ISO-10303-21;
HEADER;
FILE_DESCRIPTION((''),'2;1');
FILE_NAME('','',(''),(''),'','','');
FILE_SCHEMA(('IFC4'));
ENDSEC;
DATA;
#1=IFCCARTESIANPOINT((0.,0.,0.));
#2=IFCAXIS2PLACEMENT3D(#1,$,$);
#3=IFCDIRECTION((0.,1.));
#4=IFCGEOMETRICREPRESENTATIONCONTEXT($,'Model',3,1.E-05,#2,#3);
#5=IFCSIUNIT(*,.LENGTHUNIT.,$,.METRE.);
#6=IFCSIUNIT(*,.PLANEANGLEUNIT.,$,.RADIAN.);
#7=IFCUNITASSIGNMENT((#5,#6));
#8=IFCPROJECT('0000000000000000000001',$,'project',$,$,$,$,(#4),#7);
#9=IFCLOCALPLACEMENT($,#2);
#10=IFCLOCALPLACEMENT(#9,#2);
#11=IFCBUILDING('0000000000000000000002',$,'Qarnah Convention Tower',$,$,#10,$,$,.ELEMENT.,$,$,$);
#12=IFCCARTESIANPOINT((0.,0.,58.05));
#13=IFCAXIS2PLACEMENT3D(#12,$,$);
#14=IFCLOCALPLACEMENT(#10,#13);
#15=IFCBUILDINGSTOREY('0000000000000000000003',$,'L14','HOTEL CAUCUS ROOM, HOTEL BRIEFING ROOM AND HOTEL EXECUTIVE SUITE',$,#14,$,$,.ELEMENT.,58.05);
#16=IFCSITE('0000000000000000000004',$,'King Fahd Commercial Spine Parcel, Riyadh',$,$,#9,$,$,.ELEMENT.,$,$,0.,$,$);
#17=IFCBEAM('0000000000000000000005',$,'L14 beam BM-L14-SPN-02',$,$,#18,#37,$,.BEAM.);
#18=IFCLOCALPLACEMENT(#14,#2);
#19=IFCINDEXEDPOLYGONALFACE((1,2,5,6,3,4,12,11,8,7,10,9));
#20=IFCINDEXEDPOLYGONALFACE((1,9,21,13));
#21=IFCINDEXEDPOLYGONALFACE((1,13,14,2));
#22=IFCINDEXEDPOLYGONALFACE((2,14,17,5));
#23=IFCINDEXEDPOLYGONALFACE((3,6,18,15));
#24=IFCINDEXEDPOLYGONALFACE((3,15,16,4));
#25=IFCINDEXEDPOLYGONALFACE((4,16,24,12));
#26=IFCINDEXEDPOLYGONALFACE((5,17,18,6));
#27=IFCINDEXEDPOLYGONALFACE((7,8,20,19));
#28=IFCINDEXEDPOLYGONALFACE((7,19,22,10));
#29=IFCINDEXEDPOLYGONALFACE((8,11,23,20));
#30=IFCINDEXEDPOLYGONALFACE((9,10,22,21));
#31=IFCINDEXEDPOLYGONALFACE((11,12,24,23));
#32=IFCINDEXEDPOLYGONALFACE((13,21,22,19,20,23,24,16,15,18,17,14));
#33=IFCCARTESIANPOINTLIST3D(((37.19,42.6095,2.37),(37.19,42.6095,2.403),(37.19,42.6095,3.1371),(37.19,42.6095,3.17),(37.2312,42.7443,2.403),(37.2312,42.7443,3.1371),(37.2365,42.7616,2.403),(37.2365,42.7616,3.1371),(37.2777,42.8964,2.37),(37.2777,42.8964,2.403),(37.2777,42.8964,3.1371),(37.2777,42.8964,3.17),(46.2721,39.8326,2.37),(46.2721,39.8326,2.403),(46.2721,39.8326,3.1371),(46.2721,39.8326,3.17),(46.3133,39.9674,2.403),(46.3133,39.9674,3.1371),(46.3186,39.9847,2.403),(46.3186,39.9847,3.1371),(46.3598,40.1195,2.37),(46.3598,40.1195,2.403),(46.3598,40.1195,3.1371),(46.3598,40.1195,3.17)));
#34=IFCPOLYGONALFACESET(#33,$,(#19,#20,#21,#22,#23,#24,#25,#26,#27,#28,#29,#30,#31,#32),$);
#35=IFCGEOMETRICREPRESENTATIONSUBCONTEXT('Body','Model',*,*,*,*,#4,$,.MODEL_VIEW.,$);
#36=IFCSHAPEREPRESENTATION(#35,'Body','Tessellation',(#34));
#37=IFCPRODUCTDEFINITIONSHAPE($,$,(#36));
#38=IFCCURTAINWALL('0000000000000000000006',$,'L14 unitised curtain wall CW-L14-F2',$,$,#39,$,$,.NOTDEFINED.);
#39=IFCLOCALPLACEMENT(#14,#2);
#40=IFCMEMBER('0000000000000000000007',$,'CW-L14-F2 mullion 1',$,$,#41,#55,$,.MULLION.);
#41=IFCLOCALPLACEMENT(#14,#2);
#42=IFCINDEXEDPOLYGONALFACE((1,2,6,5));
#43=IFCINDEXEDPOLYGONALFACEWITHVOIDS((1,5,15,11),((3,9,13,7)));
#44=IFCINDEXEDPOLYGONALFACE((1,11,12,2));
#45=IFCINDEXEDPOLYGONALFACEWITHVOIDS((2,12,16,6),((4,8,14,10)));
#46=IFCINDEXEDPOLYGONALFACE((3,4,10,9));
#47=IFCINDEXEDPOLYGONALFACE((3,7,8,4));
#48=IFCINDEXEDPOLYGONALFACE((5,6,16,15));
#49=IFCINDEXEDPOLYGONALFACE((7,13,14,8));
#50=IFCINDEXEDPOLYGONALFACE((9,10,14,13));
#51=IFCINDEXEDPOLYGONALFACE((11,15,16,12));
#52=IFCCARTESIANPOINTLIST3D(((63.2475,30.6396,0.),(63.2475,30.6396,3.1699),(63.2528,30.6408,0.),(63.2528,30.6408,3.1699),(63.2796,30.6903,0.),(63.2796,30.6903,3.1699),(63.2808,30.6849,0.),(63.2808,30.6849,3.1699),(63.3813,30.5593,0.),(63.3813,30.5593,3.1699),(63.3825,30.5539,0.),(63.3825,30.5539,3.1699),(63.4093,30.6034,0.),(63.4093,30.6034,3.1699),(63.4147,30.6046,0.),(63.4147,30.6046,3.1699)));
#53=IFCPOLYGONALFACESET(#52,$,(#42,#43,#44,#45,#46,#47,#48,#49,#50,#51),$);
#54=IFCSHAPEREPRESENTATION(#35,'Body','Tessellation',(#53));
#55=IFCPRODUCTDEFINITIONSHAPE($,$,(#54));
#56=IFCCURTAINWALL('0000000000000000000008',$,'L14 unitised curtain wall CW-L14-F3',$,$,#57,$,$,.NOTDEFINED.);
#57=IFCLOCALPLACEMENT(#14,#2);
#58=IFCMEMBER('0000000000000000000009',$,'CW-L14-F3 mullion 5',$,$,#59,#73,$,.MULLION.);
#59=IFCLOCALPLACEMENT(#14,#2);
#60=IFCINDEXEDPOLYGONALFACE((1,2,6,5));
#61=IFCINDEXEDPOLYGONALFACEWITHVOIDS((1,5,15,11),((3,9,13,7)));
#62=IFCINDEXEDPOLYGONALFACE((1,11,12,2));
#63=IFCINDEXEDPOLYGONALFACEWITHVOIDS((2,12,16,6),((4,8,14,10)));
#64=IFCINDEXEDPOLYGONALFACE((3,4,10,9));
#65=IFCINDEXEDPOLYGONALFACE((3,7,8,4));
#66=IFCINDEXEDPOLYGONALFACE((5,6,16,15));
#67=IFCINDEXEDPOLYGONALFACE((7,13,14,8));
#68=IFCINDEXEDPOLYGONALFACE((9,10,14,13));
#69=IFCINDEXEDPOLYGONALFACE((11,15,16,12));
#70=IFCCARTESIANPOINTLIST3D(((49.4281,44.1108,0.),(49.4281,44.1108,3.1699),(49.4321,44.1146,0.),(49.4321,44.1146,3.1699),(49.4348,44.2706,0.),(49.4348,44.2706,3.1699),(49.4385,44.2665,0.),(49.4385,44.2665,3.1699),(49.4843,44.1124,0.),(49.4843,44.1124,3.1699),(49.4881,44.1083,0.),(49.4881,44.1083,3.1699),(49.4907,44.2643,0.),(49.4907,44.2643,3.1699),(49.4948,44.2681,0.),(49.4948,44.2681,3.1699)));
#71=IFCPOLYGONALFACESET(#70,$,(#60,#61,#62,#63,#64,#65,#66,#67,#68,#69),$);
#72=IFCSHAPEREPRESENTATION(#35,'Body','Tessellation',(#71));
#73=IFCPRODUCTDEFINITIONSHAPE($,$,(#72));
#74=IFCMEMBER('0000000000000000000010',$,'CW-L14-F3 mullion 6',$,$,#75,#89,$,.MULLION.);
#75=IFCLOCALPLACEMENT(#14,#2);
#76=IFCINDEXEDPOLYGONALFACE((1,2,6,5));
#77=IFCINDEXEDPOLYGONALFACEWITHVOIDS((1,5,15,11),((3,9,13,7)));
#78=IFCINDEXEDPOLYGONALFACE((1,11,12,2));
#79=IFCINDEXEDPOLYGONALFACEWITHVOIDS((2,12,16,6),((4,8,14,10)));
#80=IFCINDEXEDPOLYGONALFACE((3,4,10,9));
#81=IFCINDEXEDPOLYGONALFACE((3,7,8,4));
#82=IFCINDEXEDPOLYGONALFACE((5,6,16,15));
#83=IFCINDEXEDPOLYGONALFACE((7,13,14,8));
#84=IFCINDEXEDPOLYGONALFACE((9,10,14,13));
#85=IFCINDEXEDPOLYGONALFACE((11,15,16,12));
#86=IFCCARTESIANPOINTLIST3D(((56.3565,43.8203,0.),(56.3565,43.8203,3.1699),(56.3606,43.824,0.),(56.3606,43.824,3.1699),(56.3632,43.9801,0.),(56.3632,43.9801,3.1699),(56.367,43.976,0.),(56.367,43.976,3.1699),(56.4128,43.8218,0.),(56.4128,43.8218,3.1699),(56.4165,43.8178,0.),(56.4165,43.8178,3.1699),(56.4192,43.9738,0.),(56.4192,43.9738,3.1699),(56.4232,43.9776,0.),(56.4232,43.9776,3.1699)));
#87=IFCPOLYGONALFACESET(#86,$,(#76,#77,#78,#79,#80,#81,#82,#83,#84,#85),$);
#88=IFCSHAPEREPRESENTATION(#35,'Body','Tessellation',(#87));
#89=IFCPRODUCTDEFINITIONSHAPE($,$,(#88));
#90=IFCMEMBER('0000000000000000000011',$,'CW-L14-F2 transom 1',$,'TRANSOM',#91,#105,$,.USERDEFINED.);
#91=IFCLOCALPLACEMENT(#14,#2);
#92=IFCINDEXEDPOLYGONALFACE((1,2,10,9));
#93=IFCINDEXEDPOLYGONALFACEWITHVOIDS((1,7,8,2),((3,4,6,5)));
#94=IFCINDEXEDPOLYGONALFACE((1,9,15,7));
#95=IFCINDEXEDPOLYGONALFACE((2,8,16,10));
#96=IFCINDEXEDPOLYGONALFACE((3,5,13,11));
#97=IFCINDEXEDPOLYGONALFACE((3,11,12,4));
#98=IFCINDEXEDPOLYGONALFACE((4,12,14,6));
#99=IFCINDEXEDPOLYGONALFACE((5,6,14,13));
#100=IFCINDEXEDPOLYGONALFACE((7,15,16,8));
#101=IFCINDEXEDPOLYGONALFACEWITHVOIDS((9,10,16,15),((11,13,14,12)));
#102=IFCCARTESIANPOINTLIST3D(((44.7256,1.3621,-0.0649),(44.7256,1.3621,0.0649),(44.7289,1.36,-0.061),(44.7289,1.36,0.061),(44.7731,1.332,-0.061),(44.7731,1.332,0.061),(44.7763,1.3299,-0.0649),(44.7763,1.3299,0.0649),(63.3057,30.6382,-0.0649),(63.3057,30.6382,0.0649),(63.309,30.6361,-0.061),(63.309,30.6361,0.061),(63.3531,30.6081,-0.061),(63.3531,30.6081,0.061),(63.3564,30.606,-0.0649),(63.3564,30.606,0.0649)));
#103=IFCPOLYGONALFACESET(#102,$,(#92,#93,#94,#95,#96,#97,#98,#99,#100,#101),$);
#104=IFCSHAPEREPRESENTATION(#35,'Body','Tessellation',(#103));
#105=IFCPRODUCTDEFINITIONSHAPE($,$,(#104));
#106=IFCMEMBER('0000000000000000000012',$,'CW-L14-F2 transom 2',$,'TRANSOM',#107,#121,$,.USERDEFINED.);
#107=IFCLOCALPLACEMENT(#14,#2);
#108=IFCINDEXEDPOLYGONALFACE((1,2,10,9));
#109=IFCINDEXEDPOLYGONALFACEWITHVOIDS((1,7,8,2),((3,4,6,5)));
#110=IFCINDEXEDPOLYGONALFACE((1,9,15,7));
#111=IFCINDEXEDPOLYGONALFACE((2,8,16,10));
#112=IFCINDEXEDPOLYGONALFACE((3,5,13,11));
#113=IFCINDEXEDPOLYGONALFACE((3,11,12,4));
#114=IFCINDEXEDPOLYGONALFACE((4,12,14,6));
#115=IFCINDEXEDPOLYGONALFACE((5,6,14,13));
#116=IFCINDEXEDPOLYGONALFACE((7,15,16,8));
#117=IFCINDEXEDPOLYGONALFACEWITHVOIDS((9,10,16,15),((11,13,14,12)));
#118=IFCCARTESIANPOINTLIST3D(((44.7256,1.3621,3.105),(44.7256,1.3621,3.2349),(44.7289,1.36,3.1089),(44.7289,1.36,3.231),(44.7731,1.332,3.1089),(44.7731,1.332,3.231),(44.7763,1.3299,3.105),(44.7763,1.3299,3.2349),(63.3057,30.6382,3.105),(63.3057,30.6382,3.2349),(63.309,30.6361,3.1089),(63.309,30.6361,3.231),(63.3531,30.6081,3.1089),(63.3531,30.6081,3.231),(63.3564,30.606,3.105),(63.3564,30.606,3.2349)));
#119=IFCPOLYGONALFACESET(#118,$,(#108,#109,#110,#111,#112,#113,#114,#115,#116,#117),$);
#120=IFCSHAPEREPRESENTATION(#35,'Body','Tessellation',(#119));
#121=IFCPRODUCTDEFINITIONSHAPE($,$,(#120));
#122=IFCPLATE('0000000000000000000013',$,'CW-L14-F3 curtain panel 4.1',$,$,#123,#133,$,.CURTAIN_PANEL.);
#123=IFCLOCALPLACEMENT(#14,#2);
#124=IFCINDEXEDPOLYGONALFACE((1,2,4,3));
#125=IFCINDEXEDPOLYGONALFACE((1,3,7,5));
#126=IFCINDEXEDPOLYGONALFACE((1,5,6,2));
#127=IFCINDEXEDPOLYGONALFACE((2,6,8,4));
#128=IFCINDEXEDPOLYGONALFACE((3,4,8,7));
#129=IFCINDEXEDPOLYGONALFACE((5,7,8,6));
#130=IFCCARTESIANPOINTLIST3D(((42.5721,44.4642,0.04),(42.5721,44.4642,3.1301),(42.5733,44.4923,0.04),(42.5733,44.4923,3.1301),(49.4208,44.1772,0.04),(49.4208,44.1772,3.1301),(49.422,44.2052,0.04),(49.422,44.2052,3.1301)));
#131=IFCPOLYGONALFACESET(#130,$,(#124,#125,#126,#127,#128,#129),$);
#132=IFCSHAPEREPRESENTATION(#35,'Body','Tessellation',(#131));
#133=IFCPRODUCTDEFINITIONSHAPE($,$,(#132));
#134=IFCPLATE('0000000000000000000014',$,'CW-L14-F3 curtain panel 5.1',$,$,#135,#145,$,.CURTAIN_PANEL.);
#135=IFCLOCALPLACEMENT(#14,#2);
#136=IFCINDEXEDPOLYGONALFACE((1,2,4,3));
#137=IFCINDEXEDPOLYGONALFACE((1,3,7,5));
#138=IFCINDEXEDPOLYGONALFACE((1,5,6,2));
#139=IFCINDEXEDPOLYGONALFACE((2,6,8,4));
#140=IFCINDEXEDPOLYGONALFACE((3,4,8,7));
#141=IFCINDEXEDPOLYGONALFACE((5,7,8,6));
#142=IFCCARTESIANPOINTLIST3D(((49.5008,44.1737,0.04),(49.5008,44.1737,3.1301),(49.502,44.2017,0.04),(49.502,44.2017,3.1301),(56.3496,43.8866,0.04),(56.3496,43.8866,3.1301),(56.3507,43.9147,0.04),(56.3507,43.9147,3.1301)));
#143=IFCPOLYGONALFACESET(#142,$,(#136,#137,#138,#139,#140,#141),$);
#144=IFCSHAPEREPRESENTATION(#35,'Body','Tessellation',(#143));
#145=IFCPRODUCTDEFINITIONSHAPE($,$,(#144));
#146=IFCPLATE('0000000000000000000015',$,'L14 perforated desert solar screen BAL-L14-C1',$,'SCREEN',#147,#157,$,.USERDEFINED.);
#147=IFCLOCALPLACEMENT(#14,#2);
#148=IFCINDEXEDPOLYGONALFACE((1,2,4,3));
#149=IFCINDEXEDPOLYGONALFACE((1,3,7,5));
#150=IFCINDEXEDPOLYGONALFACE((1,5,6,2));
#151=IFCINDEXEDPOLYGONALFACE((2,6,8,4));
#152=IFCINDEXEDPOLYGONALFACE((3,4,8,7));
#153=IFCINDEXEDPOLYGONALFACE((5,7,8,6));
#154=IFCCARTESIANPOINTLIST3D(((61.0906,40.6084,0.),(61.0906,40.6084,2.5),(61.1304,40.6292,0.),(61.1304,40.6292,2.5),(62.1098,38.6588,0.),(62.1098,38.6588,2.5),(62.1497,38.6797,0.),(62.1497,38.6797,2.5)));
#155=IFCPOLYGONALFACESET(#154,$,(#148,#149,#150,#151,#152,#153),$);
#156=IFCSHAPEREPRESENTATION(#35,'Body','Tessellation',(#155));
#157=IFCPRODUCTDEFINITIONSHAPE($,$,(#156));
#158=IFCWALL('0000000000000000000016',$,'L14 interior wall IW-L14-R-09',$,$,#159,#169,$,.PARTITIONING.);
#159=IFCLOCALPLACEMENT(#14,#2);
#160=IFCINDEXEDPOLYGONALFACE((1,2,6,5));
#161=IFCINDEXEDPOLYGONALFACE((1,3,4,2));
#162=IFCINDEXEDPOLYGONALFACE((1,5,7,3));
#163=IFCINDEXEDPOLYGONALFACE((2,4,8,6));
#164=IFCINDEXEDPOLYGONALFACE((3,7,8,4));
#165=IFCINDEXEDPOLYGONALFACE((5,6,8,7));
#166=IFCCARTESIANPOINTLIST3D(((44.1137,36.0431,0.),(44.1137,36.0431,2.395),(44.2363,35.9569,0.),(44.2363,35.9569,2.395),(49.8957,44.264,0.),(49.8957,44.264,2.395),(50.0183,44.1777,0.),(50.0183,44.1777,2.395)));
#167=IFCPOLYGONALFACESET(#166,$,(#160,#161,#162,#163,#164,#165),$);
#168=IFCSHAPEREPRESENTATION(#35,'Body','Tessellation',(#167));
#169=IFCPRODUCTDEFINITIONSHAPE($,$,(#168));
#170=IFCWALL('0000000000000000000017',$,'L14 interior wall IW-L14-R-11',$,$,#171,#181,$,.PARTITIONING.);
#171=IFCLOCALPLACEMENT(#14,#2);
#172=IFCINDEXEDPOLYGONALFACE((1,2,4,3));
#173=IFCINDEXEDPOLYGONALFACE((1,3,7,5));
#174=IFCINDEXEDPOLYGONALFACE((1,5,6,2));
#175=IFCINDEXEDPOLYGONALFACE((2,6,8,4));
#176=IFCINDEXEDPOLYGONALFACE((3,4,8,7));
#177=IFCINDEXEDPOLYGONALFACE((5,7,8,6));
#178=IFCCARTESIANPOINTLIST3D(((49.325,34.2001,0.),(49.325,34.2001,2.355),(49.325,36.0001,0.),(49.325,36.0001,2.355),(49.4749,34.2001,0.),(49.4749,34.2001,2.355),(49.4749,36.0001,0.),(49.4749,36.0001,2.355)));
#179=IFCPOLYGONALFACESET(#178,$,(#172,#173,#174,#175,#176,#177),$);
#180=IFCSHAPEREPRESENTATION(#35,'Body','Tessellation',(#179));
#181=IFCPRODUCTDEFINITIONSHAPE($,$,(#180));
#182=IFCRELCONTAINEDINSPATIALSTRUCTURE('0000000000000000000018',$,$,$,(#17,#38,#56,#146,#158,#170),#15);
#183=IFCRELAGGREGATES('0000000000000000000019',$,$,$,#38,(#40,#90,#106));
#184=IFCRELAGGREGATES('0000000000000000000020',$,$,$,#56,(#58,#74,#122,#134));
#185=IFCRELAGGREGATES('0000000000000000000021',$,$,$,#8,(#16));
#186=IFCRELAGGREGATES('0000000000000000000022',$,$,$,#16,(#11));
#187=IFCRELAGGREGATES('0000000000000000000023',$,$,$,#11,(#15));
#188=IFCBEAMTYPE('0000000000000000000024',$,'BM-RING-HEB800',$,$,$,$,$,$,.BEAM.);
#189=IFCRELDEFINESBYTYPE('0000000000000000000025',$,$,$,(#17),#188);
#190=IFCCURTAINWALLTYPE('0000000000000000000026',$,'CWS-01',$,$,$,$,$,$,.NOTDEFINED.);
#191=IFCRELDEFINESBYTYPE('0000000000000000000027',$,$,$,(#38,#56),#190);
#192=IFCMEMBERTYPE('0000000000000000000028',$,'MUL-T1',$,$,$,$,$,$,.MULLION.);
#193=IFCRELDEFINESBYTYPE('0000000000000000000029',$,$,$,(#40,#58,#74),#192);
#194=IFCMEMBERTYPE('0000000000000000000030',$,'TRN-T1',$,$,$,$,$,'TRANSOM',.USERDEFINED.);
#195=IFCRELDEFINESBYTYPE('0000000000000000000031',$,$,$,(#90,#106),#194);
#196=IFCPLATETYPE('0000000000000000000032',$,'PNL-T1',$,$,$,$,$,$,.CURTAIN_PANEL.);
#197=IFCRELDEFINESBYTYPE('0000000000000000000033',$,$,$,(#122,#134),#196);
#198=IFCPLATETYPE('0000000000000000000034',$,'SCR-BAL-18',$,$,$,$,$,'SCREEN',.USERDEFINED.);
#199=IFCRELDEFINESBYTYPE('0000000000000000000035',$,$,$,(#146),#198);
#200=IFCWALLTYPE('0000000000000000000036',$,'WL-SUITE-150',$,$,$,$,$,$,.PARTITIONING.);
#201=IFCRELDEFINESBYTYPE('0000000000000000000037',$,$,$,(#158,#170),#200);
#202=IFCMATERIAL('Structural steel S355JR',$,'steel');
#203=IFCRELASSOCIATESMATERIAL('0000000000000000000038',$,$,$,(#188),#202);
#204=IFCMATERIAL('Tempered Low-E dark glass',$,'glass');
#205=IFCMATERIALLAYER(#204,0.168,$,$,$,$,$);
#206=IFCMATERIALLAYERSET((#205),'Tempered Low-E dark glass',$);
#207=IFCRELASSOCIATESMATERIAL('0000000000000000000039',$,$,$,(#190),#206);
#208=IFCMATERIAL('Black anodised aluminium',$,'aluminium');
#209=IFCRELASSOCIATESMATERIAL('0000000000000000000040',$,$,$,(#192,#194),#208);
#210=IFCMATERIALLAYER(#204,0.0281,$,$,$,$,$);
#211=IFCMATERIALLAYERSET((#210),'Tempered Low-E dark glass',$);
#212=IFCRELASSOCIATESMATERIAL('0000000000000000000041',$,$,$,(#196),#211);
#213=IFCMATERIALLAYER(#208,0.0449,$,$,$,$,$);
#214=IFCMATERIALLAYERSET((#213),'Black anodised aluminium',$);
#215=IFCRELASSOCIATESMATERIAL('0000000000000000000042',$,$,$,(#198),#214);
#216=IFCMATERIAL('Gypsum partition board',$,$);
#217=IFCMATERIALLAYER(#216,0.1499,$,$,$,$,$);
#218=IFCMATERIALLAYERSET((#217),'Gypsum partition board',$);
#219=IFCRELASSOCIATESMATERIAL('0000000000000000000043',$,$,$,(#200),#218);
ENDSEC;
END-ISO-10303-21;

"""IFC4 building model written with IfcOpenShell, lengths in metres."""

from ifc_helpers import new_model, si_unit, direction, frame, frame_2d, origin, origin_2d, place, context, subcontext, project, spatial, rectangle, hollow_rectangle, i_section, extrude, material, layer, layer_set, material_profile, profile_set, type_object, element, aggregate, save


model = new_model("IFC4")

# Units and contexts
model_context = context("Model", 3, precision=1e-05, world=origin(), true_north=direction((0.0, 1.0)))
body_context = subcontext(model_context, "Body", "Model", "MODEL_VIEW")
ifc_project = project(units=[si_unit("LENGTHUNIT", "METRE"), si_unit("PLANEANGLEUNIT", "RADIAN")], contexts=[model_context])

# Site, building, storey
site_placement = place(None, origin())
site = spatial("IfcSite", under=ifc_project, at=site_placement, Name="King Fahd Commercial Spine Parcel, Riyadh", CompositionType="ELEMENT", RefElevation=0.0)
building_placement = place(site_placement, origin())
building = spatial("IfcBuilding", under=site, at=building_placement, Name="Qarnah Convention Tower", CompositionType="ELEMENT")
storey_placement = place(building_placement, frame((0.0, 0.0, 58.05)))
storey = spatial("IfcBuildingStorey", under=building, at=storey_placement, Name="L14", Description="HOTEL CAUCUS ROOM, HOTEL BRIEFING ROOM AND HOTEL EXECUTIVE SUITE", CompositionType="ELEMENT", Elevation=58.05)

# Beam
ifc_material_1 = material(Name="Structural steel S355JR", Category="steel")
ifc_material_profile_1 = material_profile(ifc_material_1, i_section(OverallWidth=0.3, OverallDepth=0.8, WebThickness=0.0181, FlangeThickness=0.033, at=origin_2d()), Name="HEB800")
ifc_profile_set_1 = profile_set([ifc_material_profile_1], Name="Structural steel S355JR")
beam_type_1 = type_object("IfcBeamType", Name="BM-RING-HEB800", PredefinedType="BEAM", material=ifc_profile_set_1)
beam_1_placement = place(storey_placement, frame((46.3159, 39.9761, 2.77), z_axis=(-0.956299, 0.292391, 0.0), x_axis=(-0.292391, -0.956299, 0.0)))
element("IfcBeam", 1, at=beam_1_placement, inside=storey, type_object=beam_type_1, Name="L14 beam BM-L14-SPN-02", PredefinedType="BEAM", context=body_context, shape_type="SweptSolid", body=[
    extrude(i_section(OverallWidth=0.3, OverallDepth=0.8, WebThickness=0.0181, FlangeThickness=0.033, at=origin_2d()), origin(), (0.0, 0.0, 1.0), 9.4971),
])

# Curtain wall, member
ifc_material_2 = material(Name="Tempered Low-E dark glass", Category="glass")
ifc_layer_1 = layer(ifc_material_2, 0.168)
ifc_layer_set_1 = layer_set([ifc_layer_1], Name="Tempered Low-E dark glass")
curtain_wall_type = type_object("IfcCurtainWallType", Name="CWS-01", PredefinedType="NOTDEFINED", material=ifc_layer_set_1)
curtain_wall_1_placement = place(storey_placement, origin())
curtain_wall_1 = element("IfcCurtainWall", 2, at=curtain_wall_1_placement, inside=storey, type_object=curtain_wall_type, Name="L14 unitised curtain wall CW-L14-F2", PredefinedType="NOTDEFINED")
ifc_material_3 = material(Name="Black anodised aluminium", Category="aluminium")
ifc_material_profile_2 = material_profile(ifc_material_3, hollow_rectangle(XDim=0.0601, YDim=0.1599, WallThickness=0.0039, at=origin_2d()), Name="MUL-60X160")
ifc_profile_set_2 = profile_set([ifc_material_profile_2], Name="Black anodised aluminium")
member_type_1 = type_object("IfcMemberType", Name="MUL-T1", PredefinedType="MULLION", material=ifc_profile_set_2)
member_1_placement = place(storey_placement, frame((63.3311, 30.6221, 0.0), z_axis=(0.0, 0.0, 1.0), x_axis=(-0.535845, -0.844316, 0.0)))
member_1 = element("IfcMember", 3, at=member_1_placement, type_object=member_type_1, Name="CW-L14-F2 mullion 1", PredefinedType="MULLION", context=body_context, shape_type="SweptSolid", body=[
    extrude(hollow_rectangle(XDim=0.0601, YDim=0.1599, WallThickness=0.0039, at=origin_2d()), origin(), (0.0, 0.0, 1.0), 3.1699),
])

# Curtain wall, members
curtain_wall_2_placement = place(storey_placement, origin())
curtain_wall_2 = element("IfcCurtainWall", 4, at=curtain_wall_2_placement, inside=storey, type_object=curtain_wall_type, Name="L14 unitised curtain wall CW-L14-F3", PredefinedType="NOTDEFINED")
member_2_placement = place(storey_placement, frame((49.4614, 44.1895, 0.0), z_axis=(0.0, 0.0, 1.0), x_axis=(0.999123, -0.041876, 0.0)))
member_2 = element("IfcMember", 5, at=member_2_placement, type_object=member_type_1, Name="CW-L14-F3 mullion 5", PredefinedType="MULLION", context=body_context, shape_type="SweptSolid", body=[
    extrude(hollow_rectangle(XDim=0.0601, YDim=0.1599, WallThickness=0.0039, at=origin_2d()), origin(), (0.0, 0.0, 1.0), 3.1699),
])
member_3_placement = place(storey_placement, frame((56.3899, 43.8989, 0.0), z_axis=(0.0, 0.0, 1.0), x_axis=(0.999123, -0.041876, 0.0)))
member_3 = element("IfcMember", 6, at=member_3_placement, type_object=member_type_1, Name="CW-L14-F3 mullion 6", PredefinedType="MULLION", context=body_context, shape_type="SweptSolid", body=[
    extrude(hollow_rectangle(XDim=0.0601, YDim=0.1599, WallThickness=0.0039, at=origin_2d()), origin(), (0.0, 0.0, 1.0), 3.1699),
])

# Members
ifc_material_profile_3 = material_profile(ifc_material_3, hollow_rectangle(XDim=0.0601, YDim=0.1299, WallThickness=0.0039, at=origin_2d()), Name="TRN-60X130")
ifc_profile_set_3 = profile_set([ifc_material_profile_3], Name="Black anodised aluminium")
member_type_2 = type_object("IfcMemberType", Name="TRN-T1", ElementType="TRANSOM", PredefinedType="USERDEFINED", material=ifc_profile_set_3)
member_4_placement = place(storey_placement, frame((63.3311, 30.6221, 0.0), z_axis=(-0.535845, -0.844316, 0.0), x_axis=(0.844316, -0.535845, 0.0)))
member_4 = element("IfcMember", 7, at=member_4_placement, type_object=member_type_2, Name="CW-L14-F2 transom 1", ObjectType="TRANSOM", PredefinedType="USERDEFINED", context=body_context, shape_type="SweptSolid", body=[
    extrude(hollow_rectangle(XDim=0.0601, YDim=0.1299, WallThickness=0.0039, at=origin_2d()), origin(), (0.0, 0.0, 1.0), 34.6743),
])
member_5_placement = place(storey_placement, frame((63.3311, 30.6221, 3.1699), z_axis=(-0.535845, -0.844316, 0.0), x_axis=(0.844316, -0.535845, 0.0)))
member_5 = element("IfcMember", 8, at=member_5_placement, type_object=member_type_2, Name="CW-L14-F2 transom 2", ObjectType="TRANSOM", PredefinedType="USERDEFINED", context=body_context, shape_type="SweptSolid", body=[
    extrude(hollow_rectangle(XDim=0.0601, YDim=0.1299, WallThickness=0.0039, at=origin_2d()), origin(), (0.0, 0.0, 1.0), 34.6743),
])
aggregate(curtain_wall_1, [member_1, member_4, member_5])

# Plates
ifc_layer_2 = layer(ifc_material_2, 0.0281)
ifc_layer_set_2 = layer_set([ifc_layer_2], Name="Tempered Low-E dark glass")
plate_type_1 = type_object("IfcPlateType", Name="PNL-T1", PredefinedType="CURTAIN_PANEL", material=ifc_layer_set_2)
plate_1_placement = place(storey_placement, frame((45.9971, 44.3347, 0.04), z_axis=(0.0, 0.0, 1.0), x_axis=(0.999123, -0.041876, 0.0)))
plate_1 = element("IfcPlate", 9, at=plate_1_placement, type_object=plate_type_1, Name="CW-L14-F3 curtain panel 4.1", PredefinedType="CURTAIN_PANEL", context=body_context, shape_type="SweptSolid", body=[
    extrude(rectangle(XDim=6.8547, YDim=0.0281, at=origin_2d()), origin(), (0.0, 0.0, 1.0), 3.0901),
])
plate_2_placement = place(storey_placement, frame((52.9258, 44.0442, 0.04), z_axis=(0.0, 0.0, 1.0), x_axis=(0.999123, -0.041876, 0.0)))
plate_2 = element("IfcPlate", 10, at=plate_2_placement, type_object=plate_type_1, Name="CW-L14-F3 curtain panel 5.1", PredefinedType="CURTAIN_PANEL", context=body_context, shape_type="SweptSolid", body=[
    extrude(rectangle(XDim=6.8547, YDim=0.0281, at=origin_2d()), origin(), (0.0, 0.0, 1.0), 3.0901),
])
aggregate(curtain_wall_2, [member_2, member_3, plate_1, plate_2])
ifc_layer_3 = layer(ifc_material_3, 0.0449)
ifc_layer_set_3 = layer_set([ifc_layer_3], Name="Black anodised aluminium")
plate_type_2 = type_object("IfcPlateType", Name="SCR-BAL-18", ElementType="SCREEN", PredefinedType="USERDEFINED", material=ifc_layer_set_3)
plate_3_placement = place(storey_placement, frame((61.6201, 39.644, 0.0), z_axis=(0.0, 0.0, 1.0), x_axis=(0.463316, -0.886193, 0.0)))
element("IfcPlate", 11, at=plate_3_placement, inside=storey, type_object=plate_type_2, Name="L14 perforated desert solar screen BAL-L14-C1", ObjectType="SCREEN", PredefinedType="USERDEFINED", context=body_context, shape_type="SweptSolid", body=[
    extrude(rectangle(XDim=2.2, YDim=0.0449, at=origin_2d()), origin(), (0.0, 0.0, 1.0), 2.5),
])

# Walls
ifc_material_4 = material(Name="Gypsum partition board")
ifc_layer_4 = layer(ifc_material_4, 0.1499)
ifc_layer_set_4 = layer_set([ifc_layer_4], Name="Gypsum partition board")
wall_type_1 = type_object("IfcWallType", Name="WL-SUITE-150", PredefinedType="PARTITIONING", material=ifc_layer_set_4)
wall_1_placement = place(storey_placement, frame((49.957, 44.2209, 0.0), z_axis=(0.0, 0.0, 1.0), x_axis=(-0.575285, -0.817953, 0.0)))
element("IfcWall", 12, at=wall_1_placement, inside=storey, type_object=wall_type_1, Name="L14 interior wall IW-L14-R-09", PredefinedType="PARTITIONING", context=body_context, shape_type="SweptSolid", body=[
    extrude(rectangle(XDim=10.0505, YDim=0.1499, at=frame_2d((5.0254, 0.0))), origin(), (0.0, 0.0, 1.0), 2.395),
])
wall_2_placement = place(storey_placement, frame((49.3999, 36.0, 0.0), z_axis=(0.0, 0.0, 1.0), x_axis=(0.0, -1.0, 0.0)))
element("IfcWall", 13, at=wall_2_placement, inside=storey, type_object=wall_type_1, Name="L14 interior wall IW-L14-R-11", PredefinedType="PARTITIONING", context=body_context, shape_type="SweptSolid", body=[
    extrude(rectangle(XDim=1.8, YDim=0.1499, at=frame_2d((0.8999, 0.0))), origin(), (0.0, 0.0, 1.0), 2.355),
])

save(model, "model.ifc")
